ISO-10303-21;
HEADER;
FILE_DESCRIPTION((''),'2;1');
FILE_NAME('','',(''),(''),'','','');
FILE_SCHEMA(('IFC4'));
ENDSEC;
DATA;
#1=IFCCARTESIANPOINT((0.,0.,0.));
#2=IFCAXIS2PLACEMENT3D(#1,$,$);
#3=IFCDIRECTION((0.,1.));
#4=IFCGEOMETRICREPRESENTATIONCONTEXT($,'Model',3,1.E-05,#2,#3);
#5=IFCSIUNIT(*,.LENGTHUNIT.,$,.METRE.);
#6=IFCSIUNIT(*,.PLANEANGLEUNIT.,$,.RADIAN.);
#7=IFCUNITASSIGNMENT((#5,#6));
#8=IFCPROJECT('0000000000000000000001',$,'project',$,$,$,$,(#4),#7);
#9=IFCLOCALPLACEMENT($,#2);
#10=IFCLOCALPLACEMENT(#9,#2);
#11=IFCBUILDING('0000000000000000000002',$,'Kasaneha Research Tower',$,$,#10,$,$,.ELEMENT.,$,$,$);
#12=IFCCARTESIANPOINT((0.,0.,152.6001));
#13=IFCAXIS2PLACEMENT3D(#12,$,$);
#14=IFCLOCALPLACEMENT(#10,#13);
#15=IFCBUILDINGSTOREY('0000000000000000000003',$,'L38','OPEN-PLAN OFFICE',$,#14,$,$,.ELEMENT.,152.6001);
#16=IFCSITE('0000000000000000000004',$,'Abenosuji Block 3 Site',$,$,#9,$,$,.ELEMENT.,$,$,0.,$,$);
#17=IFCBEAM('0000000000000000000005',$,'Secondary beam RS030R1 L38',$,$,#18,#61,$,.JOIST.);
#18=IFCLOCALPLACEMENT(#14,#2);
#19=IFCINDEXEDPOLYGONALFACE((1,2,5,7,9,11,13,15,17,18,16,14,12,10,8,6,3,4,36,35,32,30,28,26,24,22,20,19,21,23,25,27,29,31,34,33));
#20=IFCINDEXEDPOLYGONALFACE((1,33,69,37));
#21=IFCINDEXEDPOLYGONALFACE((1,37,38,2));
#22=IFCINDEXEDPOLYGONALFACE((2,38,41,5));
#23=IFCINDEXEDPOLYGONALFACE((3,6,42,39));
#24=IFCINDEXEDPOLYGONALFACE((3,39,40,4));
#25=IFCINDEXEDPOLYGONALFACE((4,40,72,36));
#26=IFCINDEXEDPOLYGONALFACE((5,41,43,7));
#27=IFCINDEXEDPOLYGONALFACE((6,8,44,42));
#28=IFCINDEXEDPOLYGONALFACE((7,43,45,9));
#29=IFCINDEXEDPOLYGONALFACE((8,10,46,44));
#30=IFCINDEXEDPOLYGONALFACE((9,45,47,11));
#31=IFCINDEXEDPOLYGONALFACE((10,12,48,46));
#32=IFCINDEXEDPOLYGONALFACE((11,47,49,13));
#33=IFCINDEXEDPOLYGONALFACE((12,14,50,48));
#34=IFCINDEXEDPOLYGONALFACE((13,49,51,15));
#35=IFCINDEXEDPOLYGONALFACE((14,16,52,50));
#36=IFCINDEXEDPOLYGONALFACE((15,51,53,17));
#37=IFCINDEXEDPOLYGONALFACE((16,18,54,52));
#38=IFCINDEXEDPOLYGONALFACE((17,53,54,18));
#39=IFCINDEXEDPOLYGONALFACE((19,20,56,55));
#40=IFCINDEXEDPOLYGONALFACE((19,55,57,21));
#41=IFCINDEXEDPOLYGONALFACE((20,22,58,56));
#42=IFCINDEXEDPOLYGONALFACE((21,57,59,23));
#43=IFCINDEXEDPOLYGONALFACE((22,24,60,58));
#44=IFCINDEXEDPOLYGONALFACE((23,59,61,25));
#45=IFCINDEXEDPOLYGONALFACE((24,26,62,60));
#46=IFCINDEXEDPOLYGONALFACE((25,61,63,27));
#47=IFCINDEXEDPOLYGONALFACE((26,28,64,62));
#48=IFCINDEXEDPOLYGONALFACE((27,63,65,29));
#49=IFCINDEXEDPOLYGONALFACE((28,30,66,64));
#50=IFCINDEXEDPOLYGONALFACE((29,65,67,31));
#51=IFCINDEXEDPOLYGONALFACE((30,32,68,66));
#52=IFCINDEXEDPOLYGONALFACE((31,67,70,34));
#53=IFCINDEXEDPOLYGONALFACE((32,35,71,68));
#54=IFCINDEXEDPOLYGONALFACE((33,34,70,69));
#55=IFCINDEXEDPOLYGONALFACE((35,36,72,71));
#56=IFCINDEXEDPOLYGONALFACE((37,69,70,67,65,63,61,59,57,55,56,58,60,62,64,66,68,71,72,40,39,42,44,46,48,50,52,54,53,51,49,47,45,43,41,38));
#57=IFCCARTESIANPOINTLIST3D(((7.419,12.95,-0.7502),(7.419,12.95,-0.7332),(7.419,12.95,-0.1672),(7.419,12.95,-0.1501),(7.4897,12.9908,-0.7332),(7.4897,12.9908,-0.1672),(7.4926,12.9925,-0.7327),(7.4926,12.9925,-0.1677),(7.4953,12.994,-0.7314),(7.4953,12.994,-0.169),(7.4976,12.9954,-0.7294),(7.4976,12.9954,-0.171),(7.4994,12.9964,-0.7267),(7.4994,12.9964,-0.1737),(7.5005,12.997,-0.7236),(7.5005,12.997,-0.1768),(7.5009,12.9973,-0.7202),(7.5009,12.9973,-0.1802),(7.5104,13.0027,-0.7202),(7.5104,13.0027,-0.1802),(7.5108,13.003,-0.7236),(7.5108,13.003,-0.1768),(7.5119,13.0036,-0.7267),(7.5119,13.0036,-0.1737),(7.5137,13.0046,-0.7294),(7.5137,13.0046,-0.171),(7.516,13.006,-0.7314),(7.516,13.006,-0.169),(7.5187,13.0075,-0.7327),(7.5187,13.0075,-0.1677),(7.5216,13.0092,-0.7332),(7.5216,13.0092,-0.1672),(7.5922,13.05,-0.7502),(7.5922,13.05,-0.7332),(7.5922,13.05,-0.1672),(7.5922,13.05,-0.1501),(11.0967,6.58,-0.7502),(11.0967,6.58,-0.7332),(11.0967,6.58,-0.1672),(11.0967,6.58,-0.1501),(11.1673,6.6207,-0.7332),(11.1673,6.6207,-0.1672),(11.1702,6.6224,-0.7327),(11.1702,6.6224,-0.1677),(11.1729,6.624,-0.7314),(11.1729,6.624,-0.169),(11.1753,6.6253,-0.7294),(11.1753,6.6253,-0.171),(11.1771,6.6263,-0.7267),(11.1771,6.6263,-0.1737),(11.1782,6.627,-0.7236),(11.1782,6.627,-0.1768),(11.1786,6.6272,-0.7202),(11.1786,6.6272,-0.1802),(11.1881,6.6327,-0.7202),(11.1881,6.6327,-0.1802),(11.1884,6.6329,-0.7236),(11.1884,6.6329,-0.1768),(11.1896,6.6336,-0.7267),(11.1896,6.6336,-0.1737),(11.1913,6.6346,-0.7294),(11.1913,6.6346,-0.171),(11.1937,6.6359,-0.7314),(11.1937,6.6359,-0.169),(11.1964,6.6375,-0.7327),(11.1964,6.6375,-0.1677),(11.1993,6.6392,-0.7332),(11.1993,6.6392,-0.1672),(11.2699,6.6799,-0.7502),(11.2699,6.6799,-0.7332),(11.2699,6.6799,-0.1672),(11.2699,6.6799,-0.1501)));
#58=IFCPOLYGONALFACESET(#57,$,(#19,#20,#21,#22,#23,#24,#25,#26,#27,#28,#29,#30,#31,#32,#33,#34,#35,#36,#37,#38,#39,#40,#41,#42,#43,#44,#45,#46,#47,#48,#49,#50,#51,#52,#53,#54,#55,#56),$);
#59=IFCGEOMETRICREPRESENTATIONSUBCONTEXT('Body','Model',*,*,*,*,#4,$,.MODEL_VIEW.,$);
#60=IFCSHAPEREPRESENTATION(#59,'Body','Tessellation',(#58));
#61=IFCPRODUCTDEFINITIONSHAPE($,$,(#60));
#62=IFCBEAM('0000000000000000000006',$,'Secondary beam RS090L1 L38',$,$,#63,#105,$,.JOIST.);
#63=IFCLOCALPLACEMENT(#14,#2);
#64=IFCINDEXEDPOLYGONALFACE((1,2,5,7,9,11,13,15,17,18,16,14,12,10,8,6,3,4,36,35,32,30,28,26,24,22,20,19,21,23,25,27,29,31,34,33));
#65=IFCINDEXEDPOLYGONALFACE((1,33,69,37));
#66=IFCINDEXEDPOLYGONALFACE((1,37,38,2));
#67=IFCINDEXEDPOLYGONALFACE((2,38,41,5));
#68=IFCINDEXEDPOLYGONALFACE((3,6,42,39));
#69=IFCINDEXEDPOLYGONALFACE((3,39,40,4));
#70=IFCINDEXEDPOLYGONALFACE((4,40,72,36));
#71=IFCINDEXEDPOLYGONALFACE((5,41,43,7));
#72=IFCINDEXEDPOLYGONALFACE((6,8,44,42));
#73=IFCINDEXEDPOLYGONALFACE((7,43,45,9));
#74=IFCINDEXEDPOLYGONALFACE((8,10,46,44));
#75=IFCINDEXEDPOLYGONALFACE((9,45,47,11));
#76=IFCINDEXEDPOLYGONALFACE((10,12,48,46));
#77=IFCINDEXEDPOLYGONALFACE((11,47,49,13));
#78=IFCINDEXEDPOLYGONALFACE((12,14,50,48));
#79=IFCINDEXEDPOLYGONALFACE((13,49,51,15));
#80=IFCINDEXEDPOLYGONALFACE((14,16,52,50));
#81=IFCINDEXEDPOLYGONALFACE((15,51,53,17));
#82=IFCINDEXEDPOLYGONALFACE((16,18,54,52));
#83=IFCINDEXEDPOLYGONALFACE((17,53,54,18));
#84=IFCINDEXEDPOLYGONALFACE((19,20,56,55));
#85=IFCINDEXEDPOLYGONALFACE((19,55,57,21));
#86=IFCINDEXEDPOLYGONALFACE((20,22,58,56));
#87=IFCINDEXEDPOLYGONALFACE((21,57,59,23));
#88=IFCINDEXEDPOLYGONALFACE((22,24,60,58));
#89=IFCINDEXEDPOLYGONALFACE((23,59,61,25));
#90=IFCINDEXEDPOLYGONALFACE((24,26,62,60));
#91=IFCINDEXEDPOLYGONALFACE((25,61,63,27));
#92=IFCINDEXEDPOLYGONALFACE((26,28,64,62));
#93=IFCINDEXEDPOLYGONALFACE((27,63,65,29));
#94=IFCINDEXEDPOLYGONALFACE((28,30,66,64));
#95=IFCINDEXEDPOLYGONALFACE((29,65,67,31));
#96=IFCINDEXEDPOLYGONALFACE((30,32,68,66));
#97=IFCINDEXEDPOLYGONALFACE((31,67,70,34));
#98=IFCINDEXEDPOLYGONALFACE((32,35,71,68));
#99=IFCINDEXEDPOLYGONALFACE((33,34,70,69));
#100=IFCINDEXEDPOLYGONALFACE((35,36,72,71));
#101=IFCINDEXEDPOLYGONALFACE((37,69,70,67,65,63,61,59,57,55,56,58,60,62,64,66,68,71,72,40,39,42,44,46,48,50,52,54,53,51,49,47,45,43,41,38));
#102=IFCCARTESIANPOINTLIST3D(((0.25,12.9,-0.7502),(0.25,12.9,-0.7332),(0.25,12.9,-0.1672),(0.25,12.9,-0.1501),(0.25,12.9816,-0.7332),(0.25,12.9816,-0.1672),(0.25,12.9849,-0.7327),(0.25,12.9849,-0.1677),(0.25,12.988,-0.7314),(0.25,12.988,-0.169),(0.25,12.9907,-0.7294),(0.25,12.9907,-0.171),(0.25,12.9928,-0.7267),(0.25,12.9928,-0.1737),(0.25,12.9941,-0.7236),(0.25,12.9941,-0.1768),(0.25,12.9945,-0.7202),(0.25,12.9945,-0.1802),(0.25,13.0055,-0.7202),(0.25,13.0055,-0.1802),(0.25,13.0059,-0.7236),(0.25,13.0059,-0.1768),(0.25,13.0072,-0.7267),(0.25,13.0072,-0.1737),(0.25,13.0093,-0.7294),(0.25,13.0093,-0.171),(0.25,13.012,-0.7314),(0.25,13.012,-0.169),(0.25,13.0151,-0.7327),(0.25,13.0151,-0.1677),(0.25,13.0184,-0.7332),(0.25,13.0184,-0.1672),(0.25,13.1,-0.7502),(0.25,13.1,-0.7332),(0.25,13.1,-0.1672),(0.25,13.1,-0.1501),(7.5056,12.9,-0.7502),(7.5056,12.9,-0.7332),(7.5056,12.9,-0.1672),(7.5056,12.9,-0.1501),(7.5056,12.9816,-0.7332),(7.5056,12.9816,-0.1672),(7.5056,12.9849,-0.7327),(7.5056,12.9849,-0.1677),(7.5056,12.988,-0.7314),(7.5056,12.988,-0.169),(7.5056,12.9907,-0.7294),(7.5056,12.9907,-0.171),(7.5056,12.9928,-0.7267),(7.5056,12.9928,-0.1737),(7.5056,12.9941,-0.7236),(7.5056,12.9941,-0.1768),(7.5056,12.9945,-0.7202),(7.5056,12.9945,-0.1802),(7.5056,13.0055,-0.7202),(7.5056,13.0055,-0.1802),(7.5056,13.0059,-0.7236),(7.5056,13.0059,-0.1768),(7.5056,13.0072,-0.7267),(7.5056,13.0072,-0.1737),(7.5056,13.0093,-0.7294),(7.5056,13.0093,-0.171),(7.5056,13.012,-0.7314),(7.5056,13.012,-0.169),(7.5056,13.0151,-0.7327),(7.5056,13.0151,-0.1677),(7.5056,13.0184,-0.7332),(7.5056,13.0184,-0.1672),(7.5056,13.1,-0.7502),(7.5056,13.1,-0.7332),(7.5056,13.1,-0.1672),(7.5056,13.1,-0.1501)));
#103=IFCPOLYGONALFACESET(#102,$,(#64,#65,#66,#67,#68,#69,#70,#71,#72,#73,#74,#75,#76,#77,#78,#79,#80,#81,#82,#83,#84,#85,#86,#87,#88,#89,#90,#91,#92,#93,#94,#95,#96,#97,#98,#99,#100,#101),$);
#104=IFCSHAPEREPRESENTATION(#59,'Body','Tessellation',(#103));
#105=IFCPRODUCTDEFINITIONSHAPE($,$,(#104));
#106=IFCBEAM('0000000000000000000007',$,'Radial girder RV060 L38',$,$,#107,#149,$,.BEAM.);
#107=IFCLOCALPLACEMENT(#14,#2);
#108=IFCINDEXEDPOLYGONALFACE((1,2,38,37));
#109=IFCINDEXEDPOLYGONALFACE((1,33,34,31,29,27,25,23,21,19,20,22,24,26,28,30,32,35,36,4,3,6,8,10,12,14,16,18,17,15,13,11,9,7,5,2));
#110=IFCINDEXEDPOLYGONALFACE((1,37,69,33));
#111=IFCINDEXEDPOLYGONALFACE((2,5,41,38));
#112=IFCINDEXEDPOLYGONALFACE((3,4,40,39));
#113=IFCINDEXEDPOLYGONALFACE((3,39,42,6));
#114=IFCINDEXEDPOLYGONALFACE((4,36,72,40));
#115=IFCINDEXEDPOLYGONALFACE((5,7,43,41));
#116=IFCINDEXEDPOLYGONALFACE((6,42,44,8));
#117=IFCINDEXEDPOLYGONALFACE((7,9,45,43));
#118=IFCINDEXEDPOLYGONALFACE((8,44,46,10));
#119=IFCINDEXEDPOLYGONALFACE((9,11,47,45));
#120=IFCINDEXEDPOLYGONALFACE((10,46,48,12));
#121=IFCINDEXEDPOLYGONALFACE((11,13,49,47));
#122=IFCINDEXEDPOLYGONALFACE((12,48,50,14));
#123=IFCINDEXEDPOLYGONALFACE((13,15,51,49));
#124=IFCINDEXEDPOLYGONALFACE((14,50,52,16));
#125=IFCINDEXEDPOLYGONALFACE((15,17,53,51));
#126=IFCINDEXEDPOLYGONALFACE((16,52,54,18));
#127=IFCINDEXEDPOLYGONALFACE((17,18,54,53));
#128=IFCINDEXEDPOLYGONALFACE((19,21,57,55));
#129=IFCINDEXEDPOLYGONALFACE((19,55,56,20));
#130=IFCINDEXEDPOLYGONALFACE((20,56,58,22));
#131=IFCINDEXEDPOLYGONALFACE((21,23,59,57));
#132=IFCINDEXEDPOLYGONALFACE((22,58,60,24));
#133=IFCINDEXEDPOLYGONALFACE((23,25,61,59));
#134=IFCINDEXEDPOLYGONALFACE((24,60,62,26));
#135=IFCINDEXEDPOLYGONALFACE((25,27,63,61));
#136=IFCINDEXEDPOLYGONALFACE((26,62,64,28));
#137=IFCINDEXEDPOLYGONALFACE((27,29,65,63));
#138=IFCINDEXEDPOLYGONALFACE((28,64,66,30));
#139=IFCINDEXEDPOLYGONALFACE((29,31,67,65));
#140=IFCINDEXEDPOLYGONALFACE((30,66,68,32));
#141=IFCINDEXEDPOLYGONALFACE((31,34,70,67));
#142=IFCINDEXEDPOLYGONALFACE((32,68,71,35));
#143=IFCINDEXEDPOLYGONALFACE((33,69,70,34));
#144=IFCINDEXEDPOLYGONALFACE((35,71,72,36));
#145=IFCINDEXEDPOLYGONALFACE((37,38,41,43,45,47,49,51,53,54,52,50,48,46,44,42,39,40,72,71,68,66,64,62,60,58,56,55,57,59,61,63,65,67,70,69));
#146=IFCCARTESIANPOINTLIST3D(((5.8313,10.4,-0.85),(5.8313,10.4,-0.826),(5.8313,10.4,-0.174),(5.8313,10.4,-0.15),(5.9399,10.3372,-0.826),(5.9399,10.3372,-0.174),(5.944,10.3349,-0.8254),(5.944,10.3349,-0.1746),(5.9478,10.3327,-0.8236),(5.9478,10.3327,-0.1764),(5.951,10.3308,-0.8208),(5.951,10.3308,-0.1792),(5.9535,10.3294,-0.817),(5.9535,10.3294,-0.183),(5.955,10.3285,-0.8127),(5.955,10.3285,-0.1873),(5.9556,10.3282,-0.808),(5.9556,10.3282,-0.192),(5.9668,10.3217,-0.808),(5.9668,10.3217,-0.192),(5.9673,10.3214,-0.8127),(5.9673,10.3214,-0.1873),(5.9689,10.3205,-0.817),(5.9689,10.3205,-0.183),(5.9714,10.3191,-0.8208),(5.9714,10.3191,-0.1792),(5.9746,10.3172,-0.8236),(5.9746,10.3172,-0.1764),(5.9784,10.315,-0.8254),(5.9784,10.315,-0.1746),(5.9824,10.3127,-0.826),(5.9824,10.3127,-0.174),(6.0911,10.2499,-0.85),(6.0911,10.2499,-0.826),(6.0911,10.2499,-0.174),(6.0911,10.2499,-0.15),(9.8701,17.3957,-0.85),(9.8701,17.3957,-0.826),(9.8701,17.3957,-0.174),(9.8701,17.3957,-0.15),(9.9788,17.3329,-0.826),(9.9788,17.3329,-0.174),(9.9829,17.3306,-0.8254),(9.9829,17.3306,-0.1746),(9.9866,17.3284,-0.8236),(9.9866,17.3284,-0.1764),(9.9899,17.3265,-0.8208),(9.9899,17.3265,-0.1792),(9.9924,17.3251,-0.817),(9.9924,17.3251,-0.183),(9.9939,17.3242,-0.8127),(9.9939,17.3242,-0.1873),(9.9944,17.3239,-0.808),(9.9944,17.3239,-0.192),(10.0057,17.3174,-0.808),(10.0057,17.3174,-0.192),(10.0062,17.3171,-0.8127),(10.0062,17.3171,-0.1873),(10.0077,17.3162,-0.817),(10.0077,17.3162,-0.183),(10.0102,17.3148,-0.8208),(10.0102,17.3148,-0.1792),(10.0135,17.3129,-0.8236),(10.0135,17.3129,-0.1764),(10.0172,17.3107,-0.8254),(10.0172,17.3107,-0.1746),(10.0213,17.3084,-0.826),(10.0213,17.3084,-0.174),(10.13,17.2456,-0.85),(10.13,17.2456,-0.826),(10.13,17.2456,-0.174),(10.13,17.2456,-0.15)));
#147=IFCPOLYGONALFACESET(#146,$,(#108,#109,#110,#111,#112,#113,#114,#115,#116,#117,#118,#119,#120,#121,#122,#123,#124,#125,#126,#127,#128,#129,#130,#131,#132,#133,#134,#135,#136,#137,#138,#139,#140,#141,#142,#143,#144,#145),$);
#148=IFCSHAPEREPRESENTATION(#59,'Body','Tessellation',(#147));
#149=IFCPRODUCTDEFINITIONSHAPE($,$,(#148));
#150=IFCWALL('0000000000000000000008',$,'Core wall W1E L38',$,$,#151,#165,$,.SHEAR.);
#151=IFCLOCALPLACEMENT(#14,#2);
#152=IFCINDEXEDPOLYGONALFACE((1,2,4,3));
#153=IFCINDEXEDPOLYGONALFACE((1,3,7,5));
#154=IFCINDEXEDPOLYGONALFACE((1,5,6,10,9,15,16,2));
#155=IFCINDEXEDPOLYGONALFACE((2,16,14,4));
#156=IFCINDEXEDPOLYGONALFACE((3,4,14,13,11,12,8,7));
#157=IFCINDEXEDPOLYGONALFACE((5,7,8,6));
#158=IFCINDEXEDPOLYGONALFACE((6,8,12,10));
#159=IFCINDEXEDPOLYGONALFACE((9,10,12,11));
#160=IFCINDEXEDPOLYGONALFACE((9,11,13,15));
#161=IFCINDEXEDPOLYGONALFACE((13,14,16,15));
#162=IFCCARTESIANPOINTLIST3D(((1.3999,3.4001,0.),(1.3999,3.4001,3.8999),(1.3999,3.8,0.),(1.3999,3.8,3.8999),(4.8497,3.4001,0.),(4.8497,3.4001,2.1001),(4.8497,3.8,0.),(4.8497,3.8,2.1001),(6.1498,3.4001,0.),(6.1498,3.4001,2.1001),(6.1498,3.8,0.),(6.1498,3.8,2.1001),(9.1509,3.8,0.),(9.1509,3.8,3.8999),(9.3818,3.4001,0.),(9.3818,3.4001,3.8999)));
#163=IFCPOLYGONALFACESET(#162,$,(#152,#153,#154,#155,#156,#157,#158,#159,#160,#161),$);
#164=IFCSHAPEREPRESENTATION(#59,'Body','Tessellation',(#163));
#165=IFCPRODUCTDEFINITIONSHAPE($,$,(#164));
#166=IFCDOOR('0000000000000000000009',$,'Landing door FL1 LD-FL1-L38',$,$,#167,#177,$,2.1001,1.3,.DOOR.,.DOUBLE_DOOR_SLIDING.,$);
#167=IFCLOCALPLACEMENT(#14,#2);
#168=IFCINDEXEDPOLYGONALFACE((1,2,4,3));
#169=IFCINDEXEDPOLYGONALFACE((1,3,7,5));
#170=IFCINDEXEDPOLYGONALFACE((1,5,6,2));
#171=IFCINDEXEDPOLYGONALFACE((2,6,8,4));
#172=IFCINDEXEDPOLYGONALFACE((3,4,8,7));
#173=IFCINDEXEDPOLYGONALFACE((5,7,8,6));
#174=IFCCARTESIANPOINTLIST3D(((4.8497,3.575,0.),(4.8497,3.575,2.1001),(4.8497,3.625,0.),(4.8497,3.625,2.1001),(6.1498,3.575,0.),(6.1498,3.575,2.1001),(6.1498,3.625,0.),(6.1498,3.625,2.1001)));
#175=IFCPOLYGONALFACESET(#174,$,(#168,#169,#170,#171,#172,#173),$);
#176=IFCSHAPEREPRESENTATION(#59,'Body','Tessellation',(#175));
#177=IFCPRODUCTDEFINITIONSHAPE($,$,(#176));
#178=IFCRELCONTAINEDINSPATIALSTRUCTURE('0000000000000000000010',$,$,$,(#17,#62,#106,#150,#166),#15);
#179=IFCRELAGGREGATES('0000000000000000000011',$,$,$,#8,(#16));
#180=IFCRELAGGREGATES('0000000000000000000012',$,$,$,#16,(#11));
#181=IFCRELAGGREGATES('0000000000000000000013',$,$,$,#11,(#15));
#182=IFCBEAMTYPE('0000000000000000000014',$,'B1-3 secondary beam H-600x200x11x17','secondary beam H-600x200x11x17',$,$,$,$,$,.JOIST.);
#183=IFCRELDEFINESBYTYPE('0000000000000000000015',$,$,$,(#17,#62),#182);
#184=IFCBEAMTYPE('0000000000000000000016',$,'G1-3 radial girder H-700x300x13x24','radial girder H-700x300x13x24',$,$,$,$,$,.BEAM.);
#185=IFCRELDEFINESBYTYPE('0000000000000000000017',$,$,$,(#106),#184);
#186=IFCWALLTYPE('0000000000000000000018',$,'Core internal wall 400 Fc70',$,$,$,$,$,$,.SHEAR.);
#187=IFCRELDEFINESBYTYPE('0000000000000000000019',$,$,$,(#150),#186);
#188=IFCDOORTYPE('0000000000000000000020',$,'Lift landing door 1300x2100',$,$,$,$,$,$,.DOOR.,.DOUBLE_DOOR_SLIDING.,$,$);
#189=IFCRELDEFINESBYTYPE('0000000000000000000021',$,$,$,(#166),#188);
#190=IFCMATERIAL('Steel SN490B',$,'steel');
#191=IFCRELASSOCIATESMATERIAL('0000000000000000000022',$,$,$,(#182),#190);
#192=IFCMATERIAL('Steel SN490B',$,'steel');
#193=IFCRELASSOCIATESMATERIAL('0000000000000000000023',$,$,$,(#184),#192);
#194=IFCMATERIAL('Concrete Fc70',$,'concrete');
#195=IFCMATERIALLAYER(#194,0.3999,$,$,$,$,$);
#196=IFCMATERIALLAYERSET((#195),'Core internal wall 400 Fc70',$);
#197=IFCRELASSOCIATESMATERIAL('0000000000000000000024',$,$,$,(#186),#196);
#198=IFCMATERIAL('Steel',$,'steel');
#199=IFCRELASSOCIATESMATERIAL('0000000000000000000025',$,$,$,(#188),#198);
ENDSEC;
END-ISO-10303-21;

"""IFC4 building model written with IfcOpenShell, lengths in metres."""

from ifc_helpers import new_model, si_unit, direction, frame, frame_2d, origin, origin_2d, place, context, subcontext, project, spatial, polyline, rectangle, i_section, outline, extrude, material, layer, layer_set, material_profile, profile_set, type_object, element, fill, save


model = new_model("IFC4")

# Units and contexts
model_context = context("Model", 3, precision=1e-05, world=origin(), true_north=direction((0.0, 1.0)))
body_context = subcontext(model_context, "Body", "Model", "MODEL_VIEW")
ifc_project = project(units=[si_unit("LENGTHUNIT", "METRE"), si_unit("PLANEANGLEUNIT", "RADIAN")], contexts=[model_context])

# Site, building, storey
site_placement = place(None, origin())
site = spatial("IfcSite", under=ifc_project, at=site_placement, Name="Abenosuji Block 3 Site", CompositionType="ELEMENT", RefElevation=0.0)
building_placement = place(site_placement, origin())
building = spatial("IfcBuilding", under=site, at=building_placement, Name="Kasaneha Research Tower", CompositionType="ELEMENT")
storey_placement = place(building_placement, frame((0.0, 0.0, 152.6001)))
storey = spatial("IfcBuildingStorey", under=building, at=storey_placement, Name="L38", Description="OPEN-PLAN OFFICE", CompositionType="ELEMENT", Elevation=152.6001)

# Beams
ifc_material_1 = material(Name="Steel SN490B", Category="steel")
ifc_material_profile_1 = material_profile(ifc_material_1, i_section(OverallWidth=0.2, OverallDepth=0.6001, WebThickness=0.011, FlangeThickness=0.0171, FilletRadius=0.0129, at=origin_2d()), Name="H-600x200x11x17")
ifc_profile_set_1 = profile_set([ifc_material_profile_1], Name="Steel SN490B")
beam_type_1 = type_object("IfcBeamType", Name="B1-3 secondary beam H-600x200x11x17", Description="secondary beam H-600x200x11x17", PredefinedType="JOIST", material=ifc_profile_set_1)
beam_1_placement = place(storey_placement, frame((7.5056, 13.0, -0.4502), z_axis=(0.499994, -0.866029, 0.0), x_axis=(0.866029, 0.499994, 0.0)))
element("IfcBeam", 1, at=beam_1_placement, inside=storey, type_object=beam_type_1, Name="Secondary beam RS030R1 L38", PredefinedType="JOIST", context=body_context, shape_type="SweptSolid", body=[
    extrude(i_section(OverallWidth=0.2, OverallDepth=0.6001, WebThickness=0.011, FlangeThickness=0.0171, FilletRadius=0.0129, at=origin_2d()), origin(), (0.0, 0.0, 1.0), 7.3555),
])
beam_2_placement = place(storey_placement, frame((7.5056, 13.0, -0.4502), z_axis=(-1.0, 0.0, 0.0), x_axis=(0.0, -1.0, 0.0)))
element("IfcBeam", 2, at=beam_2_placement, inside=storey, type_object=beam_type_1, Name="Secondary beam RS090L1 L38", PredefinedType="JOIST", context=body_context, shape_type="SweptSolid", body=[
    extrude(i_section(OverallWidth=0.2, OverallDepth=0.6001, WebThickness=0.011, FlangeThickness=0.0171, FilletRadius=0.0129, at=origin_2d()), origin(), (0.0, 0.0, 1.0), 7.2556),
])
ifc_material_2 = material(Name="Steel SN490B", Category="steel")
ifc_material_profile_2 = material_profile(ifc_material_2, i_section(OverallWidth=0.3, OverallDepth=0.7, WebThickness=0.0129, FlangeThickness=0.0239, FilletRadius=0.0181, at=origin_2d()), Name="H-700x300x13x24")
ifc_profile_set_2 = profile_set([ifc_material_profile_2], Name="Steel SN490B")
beam_type_2 = type_object("IfcBeamType", Name="G1-3 radial girder H-700x300x13x24", Description="radial girder H-700x300x13x24", PredefinedType="BEAM", material=ifc_profile_set_2)
beam_3_placement = place(storey_placement, frame((5.9612, 10.325, -0.5), z_axis=(0.499991, 0.866031, 0.0), x_axis=(-0.866031, 0.499991, 0.0)))
element("IfcBeam", 3, at=beam_3_placement, inside=storey, type_object=beam_type_2, Name="Radial girder RV060 L38", PredefinedType="BEAM", context=body_context, shape_type="SweptSolid", body=[
    extrude(i_section(OverallWidth=0.3, OverallDepth=0.7, WebThickness=0.0129, FlangeThickness=0.0239, FilletRadius=0.0181, at=origin_2d()), origin(), (0.0, 0.0, 1.0), 8.0779),
])

# Wall, opening, door
ifc_material_3 = material(Name="Concrete Fc70", Category="concrete")
ifc_layer_1 = layer(ifc_material_3, 0.3999)
ifc_layer_set_1 = layer_set([ifc_layer_1], Name="Core internal wall 400 Fc70")
wall_type_1 = type_object("IfcWallType", Name="Core internal wall 400 Fc70", PredefinedType="SHEAR", material=ifc_layer_set_1)
wall_1_placement = place(storey_placement, frame((1.3999, 3.6001, 0.0), z_axis=(0.0, 0.0, 1.0), x_axis=(1.0, 0.0, 0.0)))
wall_1 = element("IfcWall", 4, at=wall_1_placement, inside=storey, type_object=wall_type_1, Name="Core wall W1E L38", PredefinedType="SHEAR", context=body_context, shape_type="SweptSolid", body=[
    extrude(outline(polyline([(0.0, -0.2), (3.45, -0.2), (4.75, -0.2), (7.9819, -0.2), (7.751, 0.2), (4.75, 0.2), (3.45, 0.2), (0.0, 0.2), (0.0, -0.2)])), origin(), (0.0, 0.0, 1.0), 3.8999),
])
opening_1_placement = place(wall_1_placement, frame((3.45, 0.0, 0.0)))
opening_1 = element("IfcOpeningElement", 5, at=opening_1_placement, cuts=wall_1, PredefinedType="OPENING", context=body_context, shape_type="SweptSolid", body=[
    extrude(rectangle(XDim=1.3, YDim=2.1001, at=frame_2d((0.6499, 1.05))), frame((0.0, 0.21, 0.0), z_axis=(0.0, -1.0, 0.0), x_axis=(1.0, 0.0, 0.0)), (0.0, 0.0, 1.0), 0.4199),
])
ifc_material_4 = material(Name="Steel", Category="steel")
door_type_1 = type_object("IfcDoorType", Name="Lift landing door 1300x2100", OperationType="DOUBLE_DOOR_SLIDING", PredefinedType="DOOR", material=ifc_material_4)
door_1_placement = place(opening_1_placement, origin())
door_1 = element("IfcDoor", 6, at=door_1_placement, inside=storey, type_object=door_type_1, Name="Landing door FL1 LD-FL1-L38", OperationType="DOUBLE_DOOR_SLIDING", OverallHeight=2.1001, OverallWidth=1.3, PredefinedType="DOOR", context=body_context, shape_type="SweptSolid", body=[
    extrude(rectangle(XDim=1.3, YDim=2.1001, at=frame_2d((0.6499, 1.05))), frame((0.0, 0.0249, 0.0), z_axis=(0.0, -1.0, 0.0), x_axis=(1.0, 0.0, 0.0)), (0.0, 0.0, 1.0), 0.05),
])
fill(opening_1, door_1)

save(model, "model.ifc")
